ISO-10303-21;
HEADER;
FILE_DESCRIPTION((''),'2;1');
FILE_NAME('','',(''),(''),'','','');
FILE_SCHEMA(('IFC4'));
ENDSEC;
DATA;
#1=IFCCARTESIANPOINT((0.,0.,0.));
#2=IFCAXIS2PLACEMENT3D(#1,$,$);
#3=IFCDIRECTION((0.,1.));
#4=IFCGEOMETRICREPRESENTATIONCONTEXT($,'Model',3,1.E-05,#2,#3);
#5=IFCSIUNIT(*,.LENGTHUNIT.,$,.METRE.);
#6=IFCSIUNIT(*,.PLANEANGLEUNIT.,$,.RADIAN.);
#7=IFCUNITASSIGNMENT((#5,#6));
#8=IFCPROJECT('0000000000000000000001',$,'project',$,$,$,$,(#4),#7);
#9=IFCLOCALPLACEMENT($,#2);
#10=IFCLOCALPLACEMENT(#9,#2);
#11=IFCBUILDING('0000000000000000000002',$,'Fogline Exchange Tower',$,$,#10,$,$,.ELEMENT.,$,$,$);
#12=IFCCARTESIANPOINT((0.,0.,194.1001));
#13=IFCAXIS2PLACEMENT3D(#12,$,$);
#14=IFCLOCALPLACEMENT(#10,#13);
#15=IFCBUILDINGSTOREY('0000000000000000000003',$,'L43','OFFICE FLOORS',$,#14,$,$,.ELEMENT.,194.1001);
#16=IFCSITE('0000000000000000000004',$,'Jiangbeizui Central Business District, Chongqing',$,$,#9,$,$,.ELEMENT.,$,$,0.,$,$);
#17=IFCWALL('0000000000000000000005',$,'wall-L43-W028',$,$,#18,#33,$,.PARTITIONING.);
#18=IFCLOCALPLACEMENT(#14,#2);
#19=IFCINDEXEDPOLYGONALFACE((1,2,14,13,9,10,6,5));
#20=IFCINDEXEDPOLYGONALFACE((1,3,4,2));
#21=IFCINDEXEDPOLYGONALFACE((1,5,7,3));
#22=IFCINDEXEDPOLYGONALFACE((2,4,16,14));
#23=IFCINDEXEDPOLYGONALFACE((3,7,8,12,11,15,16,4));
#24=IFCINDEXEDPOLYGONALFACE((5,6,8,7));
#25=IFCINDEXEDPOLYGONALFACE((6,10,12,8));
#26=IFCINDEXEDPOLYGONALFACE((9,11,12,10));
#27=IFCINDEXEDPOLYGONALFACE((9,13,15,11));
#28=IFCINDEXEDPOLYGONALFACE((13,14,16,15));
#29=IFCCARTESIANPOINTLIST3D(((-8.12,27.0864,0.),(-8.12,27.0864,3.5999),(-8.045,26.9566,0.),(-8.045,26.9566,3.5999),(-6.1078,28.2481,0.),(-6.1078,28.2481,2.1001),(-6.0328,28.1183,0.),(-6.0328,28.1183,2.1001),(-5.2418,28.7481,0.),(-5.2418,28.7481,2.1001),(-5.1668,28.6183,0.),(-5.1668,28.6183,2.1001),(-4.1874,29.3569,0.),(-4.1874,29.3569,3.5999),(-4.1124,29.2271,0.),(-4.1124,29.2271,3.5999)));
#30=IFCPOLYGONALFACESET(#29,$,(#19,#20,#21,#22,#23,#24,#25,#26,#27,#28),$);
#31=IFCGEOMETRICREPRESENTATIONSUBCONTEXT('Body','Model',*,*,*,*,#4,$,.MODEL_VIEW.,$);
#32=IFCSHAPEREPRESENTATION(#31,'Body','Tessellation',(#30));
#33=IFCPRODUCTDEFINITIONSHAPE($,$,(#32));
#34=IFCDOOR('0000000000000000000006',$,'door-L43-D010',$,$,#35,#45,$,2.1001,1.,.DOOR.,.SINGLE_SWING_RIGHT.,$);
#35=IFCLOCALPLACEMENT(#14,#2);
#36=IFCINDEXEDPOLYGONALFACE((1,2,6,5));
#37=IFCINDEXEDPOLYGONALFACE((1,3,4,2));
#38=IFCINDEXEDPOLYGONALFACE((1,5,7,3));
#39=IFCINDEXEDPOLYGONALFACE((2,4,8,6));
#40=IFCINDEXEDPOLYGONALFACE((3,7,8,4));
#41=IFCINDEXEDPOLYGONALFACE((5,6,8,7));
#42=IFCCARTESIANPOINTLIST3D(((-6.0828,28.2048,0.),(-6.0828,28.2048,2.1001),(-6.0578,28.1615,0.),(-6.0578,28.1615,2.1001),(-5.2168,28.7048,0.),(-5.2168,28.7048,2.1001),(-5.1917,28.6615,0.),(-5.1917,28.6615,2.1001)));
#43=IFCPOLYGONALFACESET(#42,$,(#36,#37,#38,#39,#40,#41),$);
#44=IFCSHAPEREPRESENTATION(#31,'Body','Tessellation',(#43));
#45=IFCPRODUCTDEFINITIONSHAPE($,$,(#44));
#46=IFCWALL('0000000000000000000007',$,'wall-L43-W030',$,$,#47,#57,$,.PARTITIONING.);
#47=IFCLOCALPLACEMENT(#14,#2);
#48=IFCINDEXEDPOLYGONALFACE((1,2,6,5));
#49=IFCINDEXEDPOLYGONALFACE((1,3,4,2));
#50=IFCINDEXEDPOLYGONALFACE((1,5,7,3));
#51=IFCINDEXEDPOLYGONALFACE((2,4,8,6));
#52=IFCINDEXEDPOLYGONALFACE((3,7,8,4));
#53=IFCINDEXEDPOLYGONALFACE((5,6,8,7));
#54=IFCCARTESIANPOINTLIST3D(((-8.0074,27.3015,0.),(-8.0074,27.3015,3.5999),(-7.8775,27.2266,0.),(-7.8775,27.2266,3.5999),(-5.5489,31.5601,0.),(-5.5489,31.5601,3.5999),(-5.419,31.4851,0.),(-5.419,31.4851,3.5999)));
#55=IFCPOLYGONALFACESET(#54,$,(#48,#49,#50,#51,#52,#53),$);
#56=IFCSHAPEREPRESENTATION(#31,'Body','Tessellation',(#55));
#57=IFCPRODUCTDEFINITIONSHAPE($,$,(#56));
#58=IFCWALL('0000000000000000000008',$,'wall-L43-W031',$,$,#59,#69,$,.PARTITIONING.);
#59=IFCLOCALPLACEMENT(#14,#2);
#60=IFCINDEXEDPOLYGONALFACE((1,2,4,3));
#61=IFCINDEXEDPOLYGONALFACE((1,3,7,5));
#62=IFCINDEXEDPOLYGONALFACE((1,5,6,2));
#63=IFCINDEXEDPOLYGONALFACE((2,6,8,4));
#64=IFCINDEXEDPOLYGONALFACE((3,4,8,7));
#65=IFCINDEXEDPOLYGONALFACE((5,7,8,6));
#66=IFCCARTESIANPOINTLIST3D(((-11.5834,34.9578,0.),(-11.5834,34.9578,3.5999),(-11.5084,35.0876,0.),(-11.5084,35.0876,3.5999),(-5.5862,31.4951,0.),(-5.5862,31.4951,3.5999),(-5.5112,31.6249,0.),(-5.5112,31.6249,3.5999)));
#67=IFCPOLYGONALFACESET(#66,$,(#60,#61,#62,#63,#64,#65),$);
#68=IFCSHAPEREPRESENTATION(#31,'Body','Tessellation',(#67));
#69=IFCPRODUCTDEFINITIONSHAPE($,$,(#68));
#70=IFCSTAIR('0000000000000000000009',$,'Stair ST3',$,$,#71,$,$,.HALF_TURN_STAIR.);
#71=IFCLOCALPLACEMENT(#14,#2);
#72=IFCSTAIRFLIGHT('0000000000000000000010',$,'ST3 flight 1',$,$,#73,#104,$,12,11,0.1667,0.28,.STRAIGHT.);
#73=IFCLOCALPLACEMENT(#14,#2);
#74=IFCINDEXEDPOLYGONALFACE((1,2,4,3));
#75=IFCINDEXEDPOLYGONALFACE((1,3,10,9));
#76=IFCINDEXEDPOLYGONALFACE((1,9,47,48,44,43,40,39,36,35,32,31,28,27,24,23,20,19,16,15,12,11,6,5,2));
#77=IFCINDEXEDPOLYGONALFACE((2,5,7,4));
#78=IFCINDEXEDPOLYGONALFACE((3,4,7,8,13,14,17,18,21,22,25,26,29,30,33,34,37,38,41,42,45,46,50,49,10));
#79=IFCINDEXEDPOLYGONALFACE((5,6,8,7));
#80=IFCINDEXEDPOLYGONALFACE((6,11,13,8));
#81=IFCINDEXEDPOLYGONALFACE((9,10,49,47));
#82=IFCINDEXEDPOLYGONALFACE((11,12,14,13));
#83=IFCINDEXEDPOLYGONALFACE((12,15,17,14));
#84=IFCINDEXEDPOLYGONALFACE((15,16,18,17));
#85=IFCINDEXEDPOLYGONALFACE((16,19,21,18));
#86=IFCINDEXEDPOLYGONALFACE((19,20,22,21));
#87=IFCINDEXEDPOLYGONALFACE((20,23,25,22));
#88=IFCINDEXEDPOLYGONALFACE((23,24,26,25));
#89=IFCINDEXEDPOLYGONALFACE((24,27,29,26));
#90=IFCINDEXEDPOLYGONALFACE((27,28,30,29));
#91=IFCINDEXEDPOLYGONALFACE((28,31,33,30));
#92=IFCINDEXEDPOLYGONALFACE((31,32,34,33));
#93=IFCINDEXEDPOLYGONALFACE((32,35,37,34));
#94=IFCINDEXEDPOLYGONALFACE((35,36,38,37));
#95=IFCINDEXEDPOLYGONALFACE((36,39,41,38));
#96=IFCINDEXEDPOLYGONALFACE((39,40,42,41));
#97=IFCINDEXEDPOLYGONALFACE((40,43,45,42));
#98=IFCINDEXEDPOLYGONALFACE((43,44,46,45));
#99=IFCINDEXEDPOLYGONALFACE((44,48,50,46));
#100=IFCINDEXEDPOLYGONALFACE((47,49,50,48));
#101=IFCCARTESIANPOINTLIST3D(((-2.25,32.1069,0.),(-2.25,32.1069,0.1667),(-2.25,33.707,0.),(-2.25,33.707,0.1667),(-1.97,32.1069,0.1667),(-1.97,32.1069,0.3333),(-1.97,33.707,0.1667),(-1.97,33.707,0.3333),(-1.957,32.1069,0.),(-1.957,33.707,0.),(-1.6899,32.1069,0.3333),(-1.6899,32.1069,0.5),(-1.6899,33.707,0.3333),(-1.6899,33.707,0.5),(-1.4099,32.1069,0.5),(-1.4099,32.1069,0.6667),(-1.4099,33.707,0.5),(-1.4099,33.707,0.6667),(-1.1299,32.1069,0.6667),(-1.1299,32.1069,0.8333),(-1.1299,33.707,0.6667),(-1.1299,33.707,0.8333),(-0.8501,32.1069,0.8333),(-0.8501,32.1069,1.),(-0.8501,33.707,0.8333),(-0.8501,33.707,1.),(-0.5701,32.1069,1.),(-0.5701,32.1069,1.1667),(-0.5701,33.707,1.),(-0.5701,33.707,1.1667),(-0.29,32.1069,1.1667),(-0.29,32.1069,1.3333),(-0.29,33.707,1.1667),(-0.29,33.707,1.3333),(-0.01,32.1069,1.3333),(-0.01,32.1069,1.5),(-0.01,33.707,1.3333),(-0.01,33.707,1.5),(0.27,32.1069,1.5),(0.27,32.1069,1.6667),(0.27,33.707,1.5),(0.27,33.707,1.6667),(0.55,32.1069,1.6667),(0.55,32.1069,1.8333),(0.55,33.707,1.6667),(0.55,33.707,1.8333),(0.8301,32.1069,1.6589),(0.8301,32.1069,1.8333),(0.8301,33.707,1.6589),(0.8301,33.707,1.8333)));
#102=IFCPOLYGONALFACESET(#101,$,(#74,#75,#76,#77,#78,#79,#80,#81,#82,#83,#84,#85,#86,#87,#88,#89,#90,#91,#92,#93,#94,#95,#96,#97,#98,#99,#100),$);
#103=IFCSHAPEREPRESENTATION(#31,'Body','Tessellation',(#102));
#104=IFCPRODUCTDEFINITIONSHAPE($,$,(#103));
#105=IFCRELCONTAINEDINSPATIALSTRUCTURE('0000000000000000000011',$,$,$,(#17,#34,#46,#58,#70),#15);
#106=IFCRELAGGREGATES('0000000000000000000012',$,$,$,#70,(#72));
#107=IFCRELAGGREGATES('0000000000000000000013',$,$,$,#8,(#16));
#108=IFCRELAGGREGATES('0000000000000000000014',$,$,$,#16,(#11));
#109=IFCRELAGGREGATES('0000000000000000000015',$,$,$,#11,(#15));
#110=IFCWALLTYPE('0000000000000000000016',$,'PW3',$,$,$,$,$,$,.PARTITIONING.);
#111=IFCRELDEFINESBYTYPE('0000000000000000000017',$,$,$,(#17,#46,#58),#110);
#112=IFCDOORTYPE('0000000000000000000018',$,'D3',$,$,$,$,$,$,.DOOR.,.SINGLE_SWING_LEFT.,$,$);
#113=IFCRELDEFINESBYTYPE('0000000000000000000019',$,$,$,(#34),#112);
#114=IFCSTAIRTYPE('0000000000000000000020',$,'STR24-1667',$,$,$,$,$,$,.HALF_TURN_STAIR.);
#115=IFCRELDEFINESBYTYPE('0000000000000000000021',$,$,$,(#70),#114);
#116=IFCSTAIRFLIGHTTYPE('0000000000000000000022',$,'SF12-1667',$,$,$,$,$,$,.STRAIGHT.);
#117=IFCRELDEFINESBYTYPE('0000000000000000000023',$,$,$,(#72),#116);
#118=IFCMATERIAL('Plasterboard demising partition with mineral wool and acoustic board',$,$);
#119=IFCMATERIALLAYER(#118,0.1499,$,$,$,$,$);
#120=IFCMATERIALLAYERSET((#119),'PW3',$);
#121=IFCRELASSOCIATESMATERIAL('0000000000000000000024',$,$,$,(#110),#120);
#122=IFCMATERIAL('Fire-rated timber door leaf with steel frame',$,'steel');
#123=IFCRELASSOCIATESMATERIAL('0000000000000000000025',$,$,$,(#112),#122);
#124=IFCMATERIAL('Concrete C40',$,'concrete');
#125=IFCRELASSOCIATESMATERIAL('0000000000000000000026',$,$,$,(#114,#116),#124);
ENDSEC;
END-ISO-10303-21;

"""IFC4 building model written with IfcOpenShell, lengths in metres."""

from ifc_helpers import new_model, si_unit, direction, frame, frame_2d, origin, place, context, subcontext, project, spatial, polyline, rectangle, outline, extrude, material, layer, layer_set, type_object, element, fill, aggregate, save


model = new_model("IFC4")

# Units and contexts
model_context = context("Model", 3, precision=1e-05, world=origin(), true_north=direction((0.0, 1.0)))
body_context = subcontext(model_context, "Body", "Model", "MODEL_VIEW")
ifc_project = project(units=[si_unit("LENGTHUNIT", "METRE"), si_unit("PLANEANGLEUNIT", "RADIAN")], contexts=[model_context])

# Site, building, storey
site_placement = place(None, origin())
site = spatial("IfcSite", under=ifc_project, at=site_placement, Name="Jiangbeizui Central Business District, Chongqing", CompositionType="ELEMENT", RefElevation=0.0)
building_placement = place(site_placement, origin())
building = spatial("IfcBuilding", under=site, at=building_placement, Name="Fogline Exchange Tower", CompositionType="ELEMENT")
storey_placement = place(building_placement, frame((0.0, 0.0, 194.1001)))
storey = spatial("IfcBuildingStorey", under=building, at=storey_placement, Name="L43", Description="OFFICE FLOORS", CompositionType="ELEMENT", Elevation=194.1001)

# Shared definitions
ifc_material_1 = material(Name="Concrete C40", Category="concrete")

# Wall, opening, door
ifc_material_2 = material(Name="Plasterboard demising partition with mineral wool and acoustic board")
ifc_layer_1 = layer(ifc_material_2, 0.1499)
ifc_layer_set_1 = layer_set([ifc_layer_1], Name="PW3")
wall_type_1 = type_object("IfcWallType", Name="PW3", PredefinedType="PARTITIONING", material=ifc_layer_set_1)
wall_1_placement = place(storey_placement, frame((-8.0825, 27.0215, 0.0), z_axis=(0.0, 0.0, 1.0), x_axis=(0.866024, 0.500002, 0.0)))
wall_1 = element("IfcWall", 1, at=wall_1_placement, inside=storey, type_object=wall_type_1, Name="wall-L43-W028", PredefinedType="PARTITIONING", context=body_context, shape_type="SweptSolid", body=[
    extrude(rectangle(XDim=4.541, YDim=0.1499, at=frame_2d((2.2705, 0.0))), origin(), (0.0, 0.0, 1.0), 3.5999),
])
opening_1_placement = place(wall_1_placement, frame((2.3235, 0.0, 0.0)))
opening_1 = element("IfcOpeningElement", 2, at=opening_1_placement, cuts=wall_1, PredefinedType="OPENING", context=body_context, shape_type="SweptSolid", body=[
    extrude(rectangle(XDim=1.0, YDim=2.1001, at=frame_2d((0.5, 1.05))), frame((0.0, 0.085, 0.0), z_axis=(0.0, -1.0, 0.0), x_axis=(1.0, 0.0, 0.0)), (0.0, 0.0, 1.0), 0.1699),
])
ifc_material_3 = material(Name="Fire-rated timber door leaf with steel frame", Category="steel")
door_type_1 = type_object("IfcDoorType", Name="D3", OperationType="SINGLE_SWING_LEFT", PredefinedType="DOOR", material=ifc_material_3)
door_1_placement = place(opening_1_placement, origin())
door_1 = element("IfcDoor", 3, at=door_1_placement, inside=storey, type_object=door_type_1, Name="door-L43-D010", OperationType="SINGLE_SWING_RIGHT", OverallHeight=2.1001, OverallWidth=1.0, PredefinedType="DOOR", context=body_context, shape_type="SweptSolid", body=[
    extrude(rectangle(XDim=1.0, YDim=2.1001, at=frame_2d((0.5, 1.05))), frame((0.0, 0.0249, 0.0), z_axis=(0.0, -1.0, 0.0), x_axis=(1.0, 0.0, 0.0)), (0.0, 0.0, 1.0), 0.05),
])
fill(opening_1, door_1)

# Walls
wall_2_placement = place(storey_placement, frame((-7.9424, 27.2642, 0.0), z_axis=(0.0, 0.0, 1.0), x_axis=(0.499973, 0.866041, 0.0)))
element("IfcWall", 4, at=wall_2_placement, inside=storey, type_object=wall_type_1, Name="wall-L43-W030", PredefinedType="PARTITIONING", context=body_context, shape_type="SweptSolid", body=[
    extrude(rectangle(XDim=4.9172, YDim=0.1499, at=frame_2d((2.4585, 0.0))), origin(), (0.0, 0.0, 1.0), 3.5999),
])
wall_3_placement = place(storey_placement, frame((-5.5488, 31.5601, 0.0), z_axis=(0.0, 0.0, 1.0), x_axis=(-0.866011, 0.500026, 0.0)))
element("IfcWall", 5, at=wall_3_placement, inside=storey, type_object=wall_type_1, Name="wall-L43-W031", PredefinedType="PARTITIONING", context=body_context, shape_type="SweptSolid", body=[
    extrude(rectangle(XDim=6.925, YDim=0.1499, at=frame_2d((3.4624, 0.0))), origin(), (0.0, 0.0, 1.0), 3.5999),
])

# Stair, stair flight
stair_type = type_object("IfcStairType", Name="STR24-1667", PredefinedType="HALF_TURN_STAIR", material=ifc_material_1)
stair_placement = place(storey_placement, origin())
stair = element("IfcStair", 6, at=stair_placement, inside=storey, type_object=stair_type, Name="Stair ST3", PredefinedType="HALF_TURN_STAIR")
stair_flight_type = type_object("IfcStairFlightType", Name="SF12-1667", PredefinedType="STRAIGHT", material=ifc_material_1)
stair_flight_placement = place(storey_placement, frame((-2.25, 32.907, 0.0), z_axis=(0.0, 0.0, 1.0), x_axis=(1.0, 0.0, 0.0)))
stair_flight = element("IfcStairFlight", 7, at=stair_flight_placement, type_object=stair_flight_type, Name="ST3 flight 1", NumberOfRisers=12, NumberOfTreads=11, PredefinedType="STRAIGHT", RiserHeight=0.1667, TreadLength=0.28, context=body_context, shape_type="SweptSolid", body=[
    extrude(outline(polyline([(0.0, 0.0), (0.0, 0.1667), (0.28, 0.1667), (0.28, 0.3333), (0.5601, 0.3333), (0.5601, 0.5), (0.8401, 0.5), (0.8401, 0.6667), (1.1201, 0.6667), (1.1201, 0.8333), (1.3999, 0.8333), (1.3999, 1.0), (1.6799, 1.0), (1.6799, 1.1667), (1.96, 1.1667), (1.96, 1.3333), (2.24, 1.3333), (2.24, 1.5), (2.52, 1.5), (2.52, 1.6667), (2.8, 1.6667), (2.8, 1.8333), (3.0801, 1.8333), (3.0801, 2.0), (3.0801, 1.6589), (0.293, 0.0), (0.0, 0.0)])), frame((0.0, 0.8, 0.0), z_axis=(0.0, -1.0, 0.0), x_axis=(1.0, 0.0, 0.0)), (0.0, 0.0, 1.0), 1.6001),
])
aggregate(stair, [stair_flight])

save(model, "model.ifc")
